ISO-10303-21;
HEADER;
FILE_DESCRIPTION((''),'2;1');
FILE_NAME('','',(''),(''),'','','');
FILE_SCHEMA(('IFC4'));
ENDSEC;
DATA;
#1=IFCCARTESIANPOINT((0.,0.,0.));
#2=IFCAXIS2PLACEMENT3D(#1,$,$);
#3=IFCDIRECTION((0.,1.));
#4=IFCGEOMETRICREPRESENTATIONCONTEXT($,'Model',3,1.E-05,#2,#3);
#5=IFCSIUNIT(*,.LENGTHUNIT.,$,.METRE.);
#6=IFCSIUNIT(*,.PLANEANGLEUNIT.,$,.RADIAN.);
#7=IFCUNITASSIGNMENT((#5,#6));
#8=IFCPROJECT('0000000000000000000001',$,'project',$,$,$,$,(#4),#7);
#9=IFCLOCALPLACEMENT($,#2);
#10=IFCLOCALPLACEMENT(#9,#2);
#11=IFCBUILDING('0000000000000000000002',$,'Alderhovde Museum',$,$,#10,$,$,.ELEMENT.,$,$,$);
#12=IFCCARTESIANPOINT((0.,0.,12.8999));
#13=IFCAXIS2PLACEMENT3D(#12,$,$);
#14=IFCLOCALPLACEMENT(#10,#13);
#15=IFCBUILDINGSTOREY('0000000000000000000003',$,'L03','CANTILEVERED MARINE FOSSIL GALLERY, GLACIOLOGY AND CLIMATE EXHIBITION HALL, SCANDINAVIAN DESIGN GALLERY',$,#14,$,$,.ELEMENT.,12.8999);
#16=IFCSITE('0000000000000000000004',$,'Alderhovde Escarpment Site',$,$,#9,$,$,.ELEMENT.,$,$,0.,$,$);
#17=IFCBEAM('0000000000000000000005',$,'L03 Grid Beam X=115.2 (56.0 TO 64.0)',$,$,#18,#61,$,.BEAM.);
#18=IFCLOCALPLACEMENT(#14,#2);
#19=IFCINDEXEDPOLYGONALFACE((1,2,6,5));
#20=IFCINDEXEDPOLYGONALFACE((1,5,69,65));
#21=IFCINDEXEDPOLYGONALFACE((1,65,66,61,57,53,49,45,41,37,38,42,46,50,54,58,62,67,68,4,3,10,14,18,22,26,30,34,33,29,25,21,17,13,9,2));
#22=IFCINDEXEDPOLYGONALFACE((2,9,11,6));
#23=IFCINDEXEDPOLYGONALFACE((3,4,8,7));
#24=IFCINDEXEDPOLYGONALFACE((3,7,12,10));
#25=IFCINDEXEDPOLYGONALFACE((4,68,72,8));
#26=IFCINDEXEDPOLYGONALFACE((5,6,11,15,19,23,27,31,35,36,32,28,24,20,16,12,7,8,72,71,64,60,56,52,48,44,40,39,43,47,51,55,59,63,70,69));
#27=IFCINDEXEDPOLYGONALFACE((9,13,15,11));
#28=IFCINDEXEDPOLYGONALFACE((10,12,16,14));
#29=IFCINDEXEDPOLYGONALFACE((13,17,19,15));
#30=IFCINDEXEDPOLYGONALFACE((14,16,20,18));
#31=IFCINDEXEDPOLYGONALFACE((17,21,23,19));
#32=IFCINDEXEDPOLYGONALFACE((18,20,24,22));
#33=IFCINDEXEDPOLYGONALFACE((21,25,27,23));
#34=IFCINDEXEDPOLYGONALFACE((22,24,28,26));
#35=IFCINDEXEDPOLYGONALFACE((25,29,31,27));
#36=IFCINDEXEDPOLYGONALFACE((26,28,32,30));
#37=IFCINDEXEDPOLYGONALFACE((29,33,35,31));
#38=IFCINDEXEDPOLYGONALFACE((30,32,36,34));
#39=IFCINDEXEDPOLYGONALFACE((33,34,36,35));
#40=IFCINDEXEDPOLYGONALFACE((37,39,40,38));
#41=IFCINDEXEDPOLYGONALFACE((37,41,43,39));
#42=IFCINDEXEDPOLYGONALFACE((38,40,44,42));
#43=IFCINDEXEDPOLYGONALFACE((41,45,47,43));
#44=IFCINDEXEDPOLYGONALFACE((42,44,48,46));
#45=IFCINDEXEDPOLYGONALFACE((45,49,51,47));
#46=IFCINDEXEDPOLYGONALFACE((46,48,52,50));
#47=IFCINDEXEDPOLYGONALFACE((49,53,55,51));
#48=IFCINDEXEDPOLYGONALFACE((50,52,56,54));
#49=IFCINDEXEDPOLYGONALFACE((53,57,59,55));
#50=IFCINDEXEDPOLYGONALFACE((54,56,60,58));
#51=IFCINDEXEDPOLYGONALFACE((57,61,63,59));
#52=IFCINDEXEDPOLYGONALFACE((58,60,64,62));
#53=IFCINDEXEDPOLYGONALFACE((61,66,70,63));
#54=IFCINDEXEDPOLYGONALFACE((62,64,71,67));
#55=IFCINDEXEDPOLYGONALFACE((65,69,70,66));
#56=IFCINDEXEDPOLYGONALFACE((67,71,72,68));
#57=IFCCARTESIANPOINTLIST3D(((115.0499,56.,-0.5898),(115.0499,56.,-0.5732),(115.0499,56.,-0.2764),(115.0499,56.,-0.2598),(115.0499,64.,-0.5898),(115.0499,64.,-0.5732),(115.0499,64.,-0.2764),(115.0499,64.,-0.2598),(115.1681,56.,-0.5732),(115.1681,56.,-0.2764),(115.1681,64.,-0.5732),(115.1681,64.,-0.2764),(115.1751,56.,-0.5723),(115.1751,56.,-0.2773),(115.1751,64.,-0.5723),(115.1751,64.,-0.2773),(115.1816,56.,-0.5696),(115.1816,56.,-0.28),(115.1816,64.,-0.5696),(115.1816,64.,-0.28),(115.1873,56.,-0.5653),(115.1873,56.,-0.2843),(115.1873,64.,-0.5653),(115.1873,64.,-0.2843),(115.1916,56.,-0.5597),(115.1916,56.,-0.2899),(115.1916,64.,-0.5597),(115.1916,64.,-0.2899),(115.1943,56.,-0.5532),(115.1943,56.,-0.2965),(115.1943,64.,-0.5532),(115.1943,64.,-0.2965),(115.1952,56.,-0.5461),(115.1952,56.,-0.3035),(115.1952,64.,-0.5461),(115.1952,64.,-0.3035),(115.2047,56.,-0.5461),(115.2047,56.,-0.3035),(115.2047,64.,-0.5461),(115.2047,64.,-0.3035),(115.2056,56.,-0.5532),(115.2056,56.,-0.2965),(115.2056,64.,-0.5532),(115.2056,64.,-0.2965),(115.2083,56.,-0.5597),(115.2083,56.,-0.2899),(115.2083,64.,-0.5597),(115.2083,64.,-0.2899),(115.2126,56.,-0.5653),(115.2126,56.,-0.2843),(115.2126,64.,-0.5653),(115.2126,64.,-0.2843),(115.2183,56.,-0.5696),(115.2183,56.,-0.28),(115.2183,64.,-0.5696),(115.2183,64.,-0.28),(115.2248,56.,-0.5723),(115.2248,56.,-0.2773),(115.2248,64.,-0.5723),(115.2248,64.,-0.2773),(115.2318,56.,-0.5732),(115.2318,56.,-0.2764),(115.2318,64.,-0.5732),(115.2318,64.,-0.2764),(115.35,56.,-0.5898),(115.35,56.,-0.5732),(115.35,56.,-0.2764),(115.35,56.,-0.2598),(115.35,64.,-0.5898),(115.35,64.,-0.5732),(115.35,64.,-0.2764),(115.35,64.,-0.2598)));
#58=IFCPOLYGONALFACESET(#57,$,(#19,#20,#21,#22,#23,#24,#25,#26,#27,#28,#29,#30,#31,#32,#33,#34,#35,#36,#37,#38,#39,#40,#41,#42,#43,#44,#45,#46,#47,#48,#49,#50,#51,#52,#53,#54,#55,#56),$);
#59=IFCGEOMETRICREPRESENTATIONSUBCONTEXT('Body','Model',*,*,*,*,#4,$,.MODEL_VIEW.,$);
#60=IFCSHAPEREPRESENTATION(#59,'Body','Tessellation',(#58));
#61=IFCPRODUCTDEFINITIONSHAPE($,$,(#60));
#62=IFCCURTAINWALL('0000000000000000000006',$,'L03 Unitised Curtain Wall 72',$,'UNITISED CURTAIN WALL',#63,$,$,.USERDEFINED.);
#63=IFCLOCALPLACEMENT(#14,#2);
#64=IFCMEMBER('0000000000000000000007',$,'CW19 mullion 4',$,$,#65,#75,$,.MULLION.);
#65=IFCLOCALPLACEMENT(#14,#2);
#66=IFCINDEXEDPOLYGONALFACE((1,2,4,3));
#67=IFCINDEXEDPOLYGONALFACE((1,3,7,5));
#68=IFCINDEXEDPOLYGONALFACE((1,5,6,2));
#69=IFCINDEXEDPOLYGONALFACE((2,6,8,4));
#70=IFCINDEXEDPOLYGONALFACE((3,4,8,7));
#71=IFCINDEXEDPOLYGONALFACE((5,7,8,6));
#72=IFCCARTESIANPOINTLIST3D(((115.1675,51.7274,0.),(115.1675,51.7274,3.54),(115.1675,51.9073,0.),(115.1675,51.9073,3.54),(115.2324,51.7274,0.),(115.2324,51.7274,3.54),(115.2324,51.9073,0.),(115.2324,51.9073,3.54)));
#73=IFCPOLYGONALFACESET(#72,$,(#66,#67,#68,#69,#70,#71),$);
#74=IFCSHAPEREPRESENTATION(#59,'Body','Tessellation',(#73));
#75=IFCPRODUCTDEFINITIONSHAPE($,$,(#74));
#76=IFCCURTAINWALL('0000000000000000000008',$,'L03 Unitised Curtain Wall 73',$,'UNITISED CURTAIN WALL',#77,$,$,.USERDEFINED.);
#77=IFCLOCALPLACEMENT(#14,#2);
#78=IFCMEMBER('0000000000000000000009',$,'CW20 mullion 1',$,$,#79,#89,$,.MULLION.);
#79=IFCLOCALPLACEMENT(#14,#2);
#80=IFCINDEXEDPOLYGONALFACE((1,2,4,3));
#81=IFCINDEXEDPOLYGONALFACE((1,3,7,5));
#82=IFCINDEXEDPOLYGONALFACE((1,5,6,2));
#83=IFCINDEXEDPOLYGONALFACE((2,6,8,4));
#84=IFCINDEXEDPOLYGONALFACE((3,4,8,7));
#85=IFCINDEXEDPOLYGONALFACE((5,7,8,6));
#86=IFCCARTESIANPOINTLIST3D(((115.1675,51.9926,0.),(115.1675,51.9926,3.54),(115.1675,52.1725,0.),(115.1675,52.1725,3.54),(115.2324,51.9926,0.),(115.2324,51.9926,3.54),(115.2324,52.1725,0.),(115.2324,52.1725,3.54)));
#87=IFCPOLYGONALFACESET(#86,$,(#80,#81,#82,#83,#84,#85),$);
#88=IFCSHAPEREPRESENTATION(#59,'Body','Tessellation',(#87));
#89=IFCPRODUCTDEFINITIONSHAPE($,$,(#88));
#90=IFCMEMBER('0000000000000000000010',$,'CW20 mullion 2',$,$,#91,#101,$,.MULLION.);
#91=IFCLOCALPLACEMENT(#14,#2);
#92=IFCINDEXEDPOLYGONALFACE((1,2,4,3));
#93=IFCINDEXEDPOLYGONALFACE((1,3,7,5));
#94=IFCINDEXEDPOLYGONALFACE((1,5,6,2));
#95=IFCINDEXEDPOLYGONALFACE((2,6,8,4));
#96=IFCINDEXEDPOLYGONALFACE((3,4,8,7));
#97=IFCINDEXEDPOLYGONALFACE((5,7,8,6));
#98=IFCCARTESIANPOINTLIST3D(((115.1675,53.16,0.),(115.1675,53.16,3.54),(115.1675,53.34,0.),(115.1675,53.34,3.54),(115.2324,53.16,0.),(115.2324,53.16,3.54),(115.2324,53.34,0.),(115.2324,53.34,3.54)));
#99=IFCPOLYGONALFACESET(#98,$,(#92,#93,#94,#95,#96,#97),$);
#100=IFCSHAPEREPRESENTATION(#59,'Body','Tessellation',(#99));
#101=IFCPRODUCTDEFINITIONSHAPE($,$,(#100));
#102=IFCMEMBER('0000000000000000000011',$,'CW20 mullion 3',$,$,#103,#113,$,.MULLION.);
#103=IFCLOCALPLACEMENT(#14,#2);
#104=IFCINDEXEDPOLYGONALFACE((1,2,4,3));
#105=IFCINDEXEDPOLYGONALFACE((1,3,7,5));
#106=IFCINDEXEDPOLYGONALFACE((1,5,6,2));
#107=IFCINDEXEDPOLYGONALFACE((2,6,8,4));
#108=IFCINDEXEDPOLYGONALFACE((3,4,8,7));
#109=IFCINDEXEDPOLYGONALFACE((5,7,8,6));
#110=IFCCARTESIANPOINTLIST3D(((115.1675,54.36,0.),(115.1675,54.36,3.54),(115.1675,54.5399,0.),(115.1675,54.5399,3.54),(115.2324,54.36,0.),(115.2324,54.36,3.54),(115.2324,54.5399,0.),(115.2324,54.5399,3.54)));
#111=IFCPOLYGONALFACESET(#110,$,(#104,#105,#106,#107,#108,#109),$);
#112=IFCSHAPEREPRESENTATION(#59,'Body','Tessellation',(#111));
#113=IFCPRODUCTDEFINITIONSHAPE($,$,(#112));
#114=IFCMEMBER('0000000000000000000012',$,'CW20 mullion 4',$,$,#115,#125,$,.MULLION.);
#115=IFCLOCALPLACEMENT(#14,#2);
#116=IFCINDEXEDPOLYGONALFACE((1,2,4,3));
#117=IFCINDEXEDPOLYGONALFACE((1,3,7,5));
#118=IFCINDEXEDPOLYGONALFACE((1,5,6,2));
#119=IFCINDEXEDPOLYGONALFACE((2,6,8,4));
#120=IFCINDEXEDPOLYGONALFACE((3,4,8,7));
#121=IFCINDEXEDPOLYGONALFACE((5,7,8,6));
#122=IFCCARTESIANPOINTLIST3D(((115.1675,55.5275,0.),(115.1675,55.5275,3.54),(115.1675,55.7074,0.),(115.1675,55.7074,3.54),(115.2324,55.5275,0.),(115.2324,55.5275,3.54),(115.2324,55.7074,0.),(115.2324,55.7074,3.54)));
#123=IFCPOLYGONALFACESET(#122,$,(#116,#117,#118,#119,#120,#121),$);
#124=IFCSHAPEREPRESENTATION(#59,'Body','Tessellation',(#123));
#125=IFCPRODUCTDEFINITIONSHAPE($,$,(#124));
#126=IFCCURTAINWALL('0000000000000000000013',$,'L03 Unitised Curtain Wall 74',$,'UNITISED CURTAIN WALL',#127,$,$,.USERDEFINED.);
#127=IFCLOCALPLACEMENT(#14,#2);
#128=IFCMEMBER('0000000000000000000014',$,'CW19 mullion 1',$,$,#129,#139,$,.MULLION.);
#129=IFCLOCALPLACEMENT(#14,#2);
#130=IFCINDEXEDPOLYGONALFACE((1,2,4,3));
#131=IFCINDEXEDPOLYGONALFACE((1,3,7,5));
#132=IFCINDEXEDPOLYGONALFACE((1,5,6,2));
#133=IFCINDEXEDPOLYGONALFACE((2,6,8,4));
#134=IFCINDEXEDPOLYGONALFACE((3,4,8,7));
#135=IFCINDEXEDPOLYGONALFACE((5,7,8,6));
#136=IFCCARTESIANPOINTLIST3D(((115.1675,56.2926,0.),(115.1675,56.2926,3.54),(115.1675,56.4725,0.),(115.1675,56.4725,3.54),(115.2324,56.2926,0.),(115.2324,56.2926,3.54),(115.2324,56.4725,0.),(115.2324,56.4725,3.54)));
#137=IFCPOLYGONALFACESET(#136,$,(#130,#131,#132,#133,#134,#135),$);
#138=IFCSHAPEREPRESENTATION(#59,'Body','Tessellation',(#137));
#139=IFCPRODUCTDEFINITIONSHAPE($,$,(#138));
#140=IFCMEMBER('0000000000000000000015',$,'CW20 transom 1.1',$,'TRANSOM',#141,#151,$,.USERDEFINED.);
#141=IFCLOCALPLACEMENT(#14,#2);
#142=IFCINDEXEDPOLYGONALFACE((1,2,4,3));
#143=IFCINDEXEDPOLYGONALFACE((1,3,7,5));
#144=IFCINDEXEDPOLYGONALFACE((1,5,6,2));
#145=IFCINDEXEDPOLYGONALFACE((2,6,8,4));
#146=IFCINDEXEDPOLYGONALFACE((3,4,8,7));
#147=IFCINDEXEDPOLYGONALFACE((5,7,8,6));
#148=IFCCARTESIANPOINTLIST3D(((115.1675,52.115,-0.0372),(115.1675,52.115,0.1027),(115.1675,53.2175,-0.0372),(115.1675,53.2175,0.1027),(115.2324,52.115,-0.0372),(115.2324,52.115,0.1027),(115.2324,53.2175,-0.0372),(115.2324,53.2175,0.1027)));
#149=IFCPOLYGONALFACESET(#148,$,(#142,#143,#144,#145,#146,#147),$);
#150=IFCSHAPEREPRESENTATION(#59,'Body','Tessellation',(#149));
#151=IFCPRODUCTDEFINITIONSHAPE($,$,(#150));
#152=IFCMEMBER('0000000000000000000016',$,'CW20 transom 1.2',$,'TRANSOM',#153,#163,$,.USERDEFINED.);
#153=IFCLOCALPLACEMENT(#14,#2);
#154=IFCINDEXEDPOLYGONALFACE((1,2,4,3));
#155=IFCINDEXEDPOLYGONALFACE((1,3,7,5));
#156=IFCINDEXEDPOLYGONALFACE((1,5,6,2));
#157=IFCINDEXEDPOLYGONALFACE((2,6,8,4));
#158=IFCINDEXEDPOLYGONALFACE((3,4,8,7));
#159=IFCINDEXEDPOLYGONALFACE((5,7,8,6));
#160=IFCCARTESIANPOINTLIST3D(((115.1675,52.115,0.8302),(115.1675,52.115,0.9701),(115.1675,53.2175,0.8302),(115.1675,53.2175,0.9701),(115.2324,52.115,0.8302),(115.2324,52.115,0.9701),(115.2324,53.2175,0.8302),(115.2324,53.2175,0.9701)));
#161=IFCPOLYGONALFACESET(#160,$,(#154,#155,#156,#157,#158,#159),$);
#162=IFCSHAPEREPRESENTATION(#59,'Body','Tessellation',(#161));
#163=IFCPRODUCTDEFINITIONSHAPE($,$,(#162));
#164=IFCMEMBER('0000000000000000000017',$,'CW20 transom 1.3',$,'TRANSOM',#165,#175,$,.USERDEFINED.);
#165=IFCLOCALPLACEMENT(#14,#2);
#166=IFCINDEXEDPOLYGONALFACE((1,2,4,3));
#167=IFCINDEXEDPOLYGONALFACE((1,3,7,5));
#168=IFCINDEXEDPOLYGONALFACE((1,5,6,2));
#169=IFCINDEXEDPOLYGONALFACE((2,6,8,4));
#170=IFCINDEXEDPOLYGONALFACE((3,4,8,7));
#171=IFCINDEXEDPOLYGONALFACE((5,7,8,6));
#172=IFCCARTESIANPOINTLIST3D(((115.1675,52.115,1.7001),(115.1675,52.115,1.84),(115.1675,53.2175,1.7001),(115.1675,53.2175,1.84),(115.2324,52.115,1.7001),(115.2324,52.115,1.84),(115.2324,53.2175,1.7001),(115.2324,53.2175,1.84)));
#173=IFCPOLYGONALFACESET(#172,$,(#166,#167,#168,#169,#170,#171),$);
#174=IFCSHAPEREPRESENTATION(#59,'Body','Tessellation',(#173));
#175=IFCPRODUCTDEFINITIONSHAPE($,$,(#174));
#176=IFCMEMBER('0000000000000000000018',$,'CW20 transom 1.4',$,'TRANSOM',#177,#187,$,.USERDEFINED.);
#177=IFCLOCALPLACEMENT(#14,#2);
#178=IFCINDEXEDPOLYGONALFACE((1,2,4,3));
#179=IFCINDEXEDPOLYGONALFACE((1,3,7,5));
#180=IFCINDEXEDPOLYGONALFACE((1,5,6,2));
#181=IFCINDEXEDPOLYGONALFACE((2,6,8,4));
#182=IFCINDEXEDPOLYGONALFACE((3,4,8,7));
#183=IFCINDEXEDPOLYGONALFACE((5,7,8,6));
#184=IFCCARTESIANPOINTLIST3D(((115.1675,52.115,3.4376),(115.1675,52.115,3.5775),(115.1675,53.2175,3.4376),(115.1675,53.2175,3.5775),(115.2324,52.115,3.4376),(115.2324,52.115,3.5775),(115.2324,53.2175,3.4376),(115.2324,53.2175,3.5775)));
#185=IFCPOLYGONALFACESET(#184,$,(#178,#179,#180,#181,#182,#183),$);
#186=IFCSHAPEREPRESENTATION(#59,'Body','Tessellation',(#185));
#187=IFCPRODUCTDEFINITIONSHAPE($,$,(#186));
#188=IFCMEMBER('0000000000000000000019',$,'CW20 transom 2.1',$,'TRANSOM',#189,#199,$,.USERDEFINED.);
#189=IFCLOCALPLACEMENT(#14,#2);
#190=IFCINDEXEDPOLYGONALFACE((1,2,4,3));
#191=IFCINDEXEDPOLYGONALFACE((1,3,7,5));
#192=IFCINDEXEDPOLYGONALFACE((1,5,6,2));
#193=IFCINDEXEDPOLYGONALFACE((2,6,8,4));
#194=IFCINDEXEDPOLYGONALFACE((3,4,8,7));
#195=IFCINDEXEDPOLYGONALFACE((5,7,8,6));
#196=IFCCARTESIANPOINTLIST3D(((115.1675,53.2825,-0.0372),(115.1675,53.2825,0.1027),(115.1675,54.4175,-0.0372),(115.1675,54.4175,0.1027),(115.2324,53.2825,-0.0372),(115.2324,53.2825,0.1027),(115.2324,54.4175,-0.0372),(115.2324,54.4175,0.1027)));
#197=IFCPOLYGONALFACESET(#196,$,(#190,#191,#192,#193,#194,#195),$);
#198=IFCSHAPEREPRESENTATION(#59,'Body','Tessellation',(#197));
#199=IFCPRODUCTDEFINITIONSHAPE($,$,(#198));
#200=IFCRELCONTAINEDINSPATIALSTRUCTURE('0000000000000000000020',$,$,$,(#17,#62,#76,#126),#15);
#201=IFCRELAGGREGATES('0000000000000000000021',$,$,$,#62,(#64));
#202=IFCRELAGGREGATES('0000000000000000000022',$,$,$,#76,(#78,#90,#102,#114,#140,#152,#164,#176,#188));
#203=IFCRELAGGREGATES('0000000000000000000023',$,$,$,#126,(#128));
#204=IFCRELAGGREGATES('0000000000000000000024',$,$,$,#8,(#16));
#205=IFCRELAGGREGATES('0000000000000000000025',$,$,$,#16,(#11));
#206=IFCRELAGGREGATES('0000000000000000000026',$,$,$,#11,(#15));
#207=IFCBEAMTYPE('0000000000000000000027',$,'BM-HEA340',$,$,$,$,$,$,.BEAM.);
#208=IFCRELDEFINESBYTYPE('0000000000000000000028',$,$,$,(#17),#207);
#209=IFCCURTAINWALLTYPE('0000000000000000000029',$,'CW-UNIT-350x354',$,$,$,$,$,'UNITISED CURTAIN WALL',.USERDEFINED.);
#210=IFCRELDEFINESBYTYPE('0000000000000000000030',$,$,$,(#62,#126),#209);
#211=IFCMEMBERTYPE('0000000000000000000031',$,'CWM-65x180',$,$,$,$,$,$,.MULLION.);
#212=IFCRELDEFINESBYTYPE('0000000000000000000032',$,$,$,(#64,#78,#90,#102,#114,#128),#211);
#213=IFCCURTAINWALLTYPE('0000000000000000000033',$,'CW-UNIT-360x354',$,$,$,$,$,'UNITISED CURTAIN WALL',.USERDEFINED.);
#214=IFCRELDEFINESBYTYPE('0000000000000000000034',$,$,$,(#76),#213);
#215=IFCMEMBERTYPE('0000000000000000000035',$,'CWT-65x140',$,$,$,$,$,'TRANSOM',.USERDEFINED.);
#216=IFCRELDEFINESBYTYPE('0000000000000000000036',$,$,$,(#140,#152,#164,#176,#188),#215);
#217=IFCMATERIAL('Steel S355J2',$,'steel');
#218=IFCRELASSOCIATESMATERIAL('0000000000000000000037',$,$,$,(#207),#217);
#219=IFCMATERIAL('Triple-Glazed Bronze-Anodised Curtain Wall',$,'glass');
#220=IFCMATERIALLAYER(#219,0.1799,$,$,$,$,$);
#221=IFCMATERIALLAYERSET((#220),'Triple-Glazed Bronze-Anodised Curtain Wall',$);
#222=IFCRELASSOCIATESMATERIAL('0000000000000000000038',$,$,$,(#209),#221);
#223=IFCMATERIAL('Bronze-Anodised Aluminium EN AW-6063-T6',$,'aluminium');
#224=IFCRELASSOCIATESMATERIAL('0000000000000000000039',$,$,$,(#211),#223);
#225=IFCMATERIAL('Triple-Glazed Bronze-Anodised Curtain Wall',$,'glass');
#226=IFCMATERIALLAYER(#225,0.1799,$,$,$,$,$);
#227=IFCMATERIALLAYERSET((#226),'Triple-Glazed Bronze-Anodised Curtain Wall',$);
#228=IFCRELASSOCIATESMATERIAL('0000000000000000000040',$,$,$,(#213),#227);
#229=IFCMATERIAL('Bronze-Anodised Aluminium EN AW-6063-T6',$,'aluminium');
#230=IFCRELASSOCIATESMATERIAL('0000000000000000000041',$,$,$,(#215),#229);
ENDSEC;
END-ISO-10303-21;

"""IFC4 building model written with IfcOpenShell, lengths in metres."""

from ifc_helpers import new_model, si_unit, direction, frame, origin, origin_2d, place, context, subcontext, project, spatial, rectangle, i_section, extrude, material, layer, layer_set, material_profile, profile_set, type_object, element, aggregate, save


model = new_model("IFC4")

# Units and contexts
model_context = context("Model", 3, precision=1e-05, world=origin(), true_north=direction((0.0, 1.0)))
body_context = subcontext(model_context, "Body", "Model", "MODEL_VIEW")
ifc_project = project(units=[si_unit("LENGTHUNIT", "METRE"), si_unit("PLANEANGLEUNIT", "RADIAN")], contexts=[model_context])

# Site, building, storey
site_placement = place(None, origin())
site = spatial("IfcSite", under=ifc_project, at=site_placement, Name="Alderhovde Escarpment Site", CompositionType="ELEMENT", RefElevation=0.0)
building_placement = place(site_placement, origin())
building = spatial("IfcBuilding", under=site, at=building_placement, Name="Alderhovde Museum", CompositionType="ELEMENT")
storey_placement = place(building_placement, frame((0.0, 0.0, 12.8999)))
storey = spatial("IfcBuildingStorey", under=building, at=storey_placement, Name="L03", Description="CANTILEVERED MARINE FOSSIL GALLERY, GLACIOLOGY AND CLIMATE EXHIBITION HALL, SCANDINAVIAN DESIGN GALLERY", CompositionType="ELEMENT", Elevation=12.8999)

# Beam
ifc_material_1 = material(Name="Steel S355J2", Category="steel")
ifc_material_profile_1 = material_profile(ifc_material_1, i_section(OverallWidth=0.3, OverallDepth=0.3301, WebThickness=0.0095, FlangeThickness=0.0166, FilletRadius=0.0271, at=origin_2d()), Name="HEA 340")
ifc_profile_set_1 = profile_set([ifc_material_profile_1], Name="Steel S355J2")
beam_type = type_object("IfcBeamType", Name="BM-HEA340", PredefinedType="BEAM", material=ifc_profile_set_1)
beam_placement = place(storey_placement, frame((115.2, 56.0, -0.4248), z_axis=(0.0, 1.0, 0.0), x_axis=(-1.0, 0.0, 0.0)))
element("IfcBeam", 1, at=beam_placement, inside=storey, type_object=beam_type, Name="L03 Grid Beam X=115.2 (56.0 TO 64.0)", PredefinedType="BEAM", context=body_context, shape_type="SweptSolid", body=[
    extrude(i_section(OverallWidth=0.3, OverallDepth=0.3301, WebThickness=0.0095, FlangeThickness=0.0166, FilletRadius=0.0271, at=origin_2d()), origin(), (0.0, 0.0, 1.0), 8.0),
])

# Curtain wall, member
ifc_material_2 = material(Name="Triple-Glazed Bronze-Anodised Curtain Wall", Category="glass")
ifc_layer_1 = layer(ifc_material_2, 0.1799)
ifc_layer_set_1 = layer_set([ifc_layer_1], Name="Triple-Glazed Bronze-Anodised Curtain Wall")
curtain_wall_type_1 = type_object("IfcCurtainWallType", Name="CW-UNIT-350x354", ElementType="UNITISED CURTAIN WALL", PredefinedType="USERDEFINED", material=ifc_layer_set_1)
curtain_wall_1_placement = place(storey_placement, origin())
curtain_wall_1 = element("IfcCurtainWall", 2, at=curtain_wall_1_placement, inside=storey, type_object=curtain_wall_type_1, Name="L03 Unitised Curtain Wall 72", ObjectType="UNITISED CURTAIN WALL", PredefinedType="USERDEFINED")
ifc_material_3 = material(Name="Bronze-Anodised Aluminium EN AW-6063-T6", Category="aluminium")
ifc_material_profile_2 = material_profile(ifc_material_3, rectangle(XDim=0.0649, YDim=0.1799, at=origin_2d()), Name="MULLION 65x180")
ifc_profile_set_2 = profile_set([ifc_material_profile_2], Name="Bronze-Anodised Aluminium EN AW-6063-T6")
member_type_1 = type_object("IfcMemberType", Name="CWM-65x180", PredefinedType="MULLION", material=ifc_profile_set_2)
member_1_placement = place(storey_placement, frame((115.2, 51.8174, 0.0), z_axis=(0.0, 0.0, 1.0), x_axis=(-1.0, 0.0, 0.0)))
member_1 = element("IfcMember", 3, at=member_1_placement, type_object=member_type_1, Name="CW19 mullion 4", PredefinedType="MULLION", context=body_context, shape_type="SweptSolid", body=[
    extrude(rectangle(XDim=0.0649, YDim=0.1799, at=origin_2d()), origin(), (0.0, 0.0, 1.0), 3.54),
])
aggregate(curtain_wall_1, [member_1])

# Curtain wall, members
ifc_material_4 = material(Name="Triple-Glazed Bronze-Anodised Curtain Wall", Category="glass")
ifc_layer_2 = layer(ifc_material_4, 0.1799)
ifc_layer_set_2 = layer_set([ifc_layer_2], Name="Triple-Glazed Bronze-Anodised Curtain Wall")
curtain_wall_type_2 = type_object("IfcCurtainWallType", Name="CW-UNIT-360x354", ElementType="UNITISED CURTAIN WALL", PredefinedType="USERDEFINED", material=ifc_layer_set_2)
curtain_wall_2_placement = place(storey_placement, origin())
curtain_wall_2 = element("IfcCurtainWall", 4, at=curtain_wall_2_placement, inside=storey, type_object=curtain_wall_type_2, Name="L03 Unitised Curtain Wall 73", ObjectType="UNITISED CURTAIN WALL", PredefinedType="USERDEFINED")
member_2_placement = place(storey_placement, frame((115.2, 52.0825, 0.0), z_axis=(0.0, 0.0, 1.0), x_axis=(-1.0, 0.0, 0.0)))
member_2 = element("IfcMember", 5, at=member_2_placement, type_object=member_type_1, Name="CW20 mullion 1", PredefinedType="MULLION", context=body_context, shape_type="SweptSolid", body=[
    extrude(rectangle(XDim=0.0649, YDim=0.1799, at=origin_2d()), origin(), (0.0, 0.0, 1.0), 3.54),
])
member_3_placement = place(storey_placement, frame((115.2, 53.25, 0.0), z_axis=(0.0, 0.0, 1.0), x_axis=(-1.0, 0.0, 0.0)))
member_3 = element("IfcMember", 6, at=member_3_placement, type_object=member_type_1, Name="CW20 mullion 2", PredefinedType="MULLION", context=body_context, shape_type="SweptSolid", body=[
    extrude(rectangle(XDim=0.0649, YDim=0.1799, at=origin_2d()), origin(), (0.0, 0.0, 1.0), 3.54),
])
member_4_placement = place(storey_placement, frame((115.2, 54.45, 0.0), z_axis=(0.0, 0.0, 1.0), x_axis=(-1.0, 0.0, 0.0)))
member_4 = element("IfcMember", 7, at=member_4_placement, type_object=member_type_1, Name="CW20 mullion 3", PredefinedType="MULLION", context=body_context, shape_type="SweptSolid", body=[
    extrude(rectangle(XDim=0.0649, YDim=0.1799, at=origin_2d()), origin(), (0.0, 0.0, 1.0), 3.54),
])
member_5_placement = place(storey_placement, frame((115.2, 55.6174, 0.0), z_axis=(0.0, 0.0, 1.0), x_axis=(-1.0, 0.0, 0.0)))
member_5 = element("IfcMember", 8, at=member_5_placement, type_object=member_type_1, Name="CW20 mullion 4", PredefinedType="MULLION", context=body_context, shape_type="SweptSolid", body=[
    extrude(rectangle(XDim=0.0649, YDim=0.1799, at=origin_2d()), origin(), (0.0, 0.0, 1.0), 3.54),
])

# Curtain wall, member
curtain_wall_3_placement = place(storey_placement, origin())
curtain_wall_3 = element("IfcCurtainWall", 9, at=curtain_wall_3_placement, inside=storey, type_object=curtain_wall_type_1, Name="L03 Unitised Curtain Wall 74", ObjectType="UNITISED CURTAIN WALL", PredefinedType="USERDEFINED")
member_6_placement = place(storey_placement, frame((115.2, 56.3826, 0.0), z_axis=(0.0, 0.0, 1.0), x_axis=(-1.0, 0.0, 0.0)))
member_6 = element("IfcMember", 10, at=member_6_placement, type_object=member_type_1, Name="CW19 mullion 1", PredefinedType="MULLION", context=body_context, shape_type="SweptSolid", body=[
    extrude(rectangle(XDim=0.0649, YDim=0.1799, at=origin_2d()), origin(), (0.0, 0.0, 1.0), 3.54),
])

# Members
ifc_material_5 = material(Name="Bronze-Anodised Aluminium EN AW-6063-T6", Category="aluminium")
ifc_material_profile_3 = material_profile(ifc_material_5, rectangle(XDim=0.0649, YDim=0.1399, at=origin_2d()), Name="TRANSOM 65x140")
ifc_profile_set_3 = profile_set([ifc_material_profile_3], Name="Bronze-Anodised Aluminium EN AW-6063-T6")
member_type_2 = type_object("IfcMemberType", Name="CWT-65x140", ElementType="TRANSOM", PredefinedType="USERDEFINED", material=ifc_profile_set_3)
member_7_placement = place(storey_placement, frame((115.2, 52.115, 0.0327), z_axis=(0.0, 1.0, 0.0), x_axis=(-1.0, 0.0, 0.0)))
member_7 = element("IfcMember", 11, at=member_7_placement, type_object=member_type_2, Name="CW20 transom 1.1", ObjectType="TRANSOM", PredefinedType="USERDEFINED", context=body_context, shape_type="SweptSolid", body=[
    extrude(rectangle(XDim=0.0649, YDim=0.1399, at=origin_2d()), origin(), (0.0, 0.0, 1.0), 1.1025),
])
member_8_placement = place(storey_placement, frame((115.2, 52.115, 0.9001), z_axis=(0.0, 1.0, 0.0), x_axis=(-1.0, 0.0, 0.0)))
member_8 = element("IfcMember", 12, at=member_8_placement, type_object=member_type_2, Name="CW20 transom 1.2", ObjectType="TRANSOM", PredefinedType="USERDEFINED", context=body_context, shape_type="SweptSolid", body=[
    extrude(rectangle(XDim=0.0649, YDim=0.1399, at=origin_2d()), origin(), (0.0, 0.0, 1.0), 1.1025),
])
member_9_placement = place(storey_placement, frame((115.2, 52.115, 1.77), z_axis=(0.0, 1.0, 0.0), x_axis=(-1.0, 0.0, 0.0)))
member_9 = element("IfcMember", 13, at=member_9_placement, type_object=member_type_2, Name="CW20 transom 1.3", ObjectType="TRANSOM", PredefinedType="USERDEFINED", context=body_context, shape_type="SweptSolid", body=[
    extrude(rectangle(XDim=0.0649, YDim=0.1399, at=origin_2d()), origin(), (0.0, 0.0, 1.0), 1.1025),
])
member_10_placement = place(storey_placement, frame((115.2, 52.115, 3.5076), z_axis=(0.0, 1.0, 0.0), x_axis=(-1.0, 0.0, 0.0)))
member_10 = element("IfcMember", 14, at=member_10_placement, type_object=member_type_2, Name="CW20 transom 1.4", ObjectType="TRANSOM", PredefinedType="USERDEFINED", context=body_context, shape_type="SweptSolid", body=[
    extrude(rectangle(XDim=0.0649, YDim=0.1399, at=origin_2d()), origin(), (0.0, 0.0, 1.0), 1.1025),
])
member_11_placement = place(storey_placement, frame((115.2, 53.2825, 0.0327), z_axis=(0.0, 1.0, 0.0), x_axis=(-1.0, 0.0, 0.0)))
member_11 = element("IfcMember", 15, at=member_11_placement, type_object=member_type_2, Name="CW20 transom 2.1", ObjectType="TRANSOM", PredefinedType="USERDEFINED", context=body_context, shape_type="SweptSolid", body=[
    extrude(rectangle(XDim=0.0649, YDim=0.1399, at=origin_2d()), origin(), (0.0, 0.0, 1.0), 1.135),
])

aggregate(curtain_wall_2, [member_2, member_3, member_4, member_5, member_7, member_8, member_9, member_10, member_11])
aggregate(curtain_wall_3, [member_6])

save(model, "model.ifc")
